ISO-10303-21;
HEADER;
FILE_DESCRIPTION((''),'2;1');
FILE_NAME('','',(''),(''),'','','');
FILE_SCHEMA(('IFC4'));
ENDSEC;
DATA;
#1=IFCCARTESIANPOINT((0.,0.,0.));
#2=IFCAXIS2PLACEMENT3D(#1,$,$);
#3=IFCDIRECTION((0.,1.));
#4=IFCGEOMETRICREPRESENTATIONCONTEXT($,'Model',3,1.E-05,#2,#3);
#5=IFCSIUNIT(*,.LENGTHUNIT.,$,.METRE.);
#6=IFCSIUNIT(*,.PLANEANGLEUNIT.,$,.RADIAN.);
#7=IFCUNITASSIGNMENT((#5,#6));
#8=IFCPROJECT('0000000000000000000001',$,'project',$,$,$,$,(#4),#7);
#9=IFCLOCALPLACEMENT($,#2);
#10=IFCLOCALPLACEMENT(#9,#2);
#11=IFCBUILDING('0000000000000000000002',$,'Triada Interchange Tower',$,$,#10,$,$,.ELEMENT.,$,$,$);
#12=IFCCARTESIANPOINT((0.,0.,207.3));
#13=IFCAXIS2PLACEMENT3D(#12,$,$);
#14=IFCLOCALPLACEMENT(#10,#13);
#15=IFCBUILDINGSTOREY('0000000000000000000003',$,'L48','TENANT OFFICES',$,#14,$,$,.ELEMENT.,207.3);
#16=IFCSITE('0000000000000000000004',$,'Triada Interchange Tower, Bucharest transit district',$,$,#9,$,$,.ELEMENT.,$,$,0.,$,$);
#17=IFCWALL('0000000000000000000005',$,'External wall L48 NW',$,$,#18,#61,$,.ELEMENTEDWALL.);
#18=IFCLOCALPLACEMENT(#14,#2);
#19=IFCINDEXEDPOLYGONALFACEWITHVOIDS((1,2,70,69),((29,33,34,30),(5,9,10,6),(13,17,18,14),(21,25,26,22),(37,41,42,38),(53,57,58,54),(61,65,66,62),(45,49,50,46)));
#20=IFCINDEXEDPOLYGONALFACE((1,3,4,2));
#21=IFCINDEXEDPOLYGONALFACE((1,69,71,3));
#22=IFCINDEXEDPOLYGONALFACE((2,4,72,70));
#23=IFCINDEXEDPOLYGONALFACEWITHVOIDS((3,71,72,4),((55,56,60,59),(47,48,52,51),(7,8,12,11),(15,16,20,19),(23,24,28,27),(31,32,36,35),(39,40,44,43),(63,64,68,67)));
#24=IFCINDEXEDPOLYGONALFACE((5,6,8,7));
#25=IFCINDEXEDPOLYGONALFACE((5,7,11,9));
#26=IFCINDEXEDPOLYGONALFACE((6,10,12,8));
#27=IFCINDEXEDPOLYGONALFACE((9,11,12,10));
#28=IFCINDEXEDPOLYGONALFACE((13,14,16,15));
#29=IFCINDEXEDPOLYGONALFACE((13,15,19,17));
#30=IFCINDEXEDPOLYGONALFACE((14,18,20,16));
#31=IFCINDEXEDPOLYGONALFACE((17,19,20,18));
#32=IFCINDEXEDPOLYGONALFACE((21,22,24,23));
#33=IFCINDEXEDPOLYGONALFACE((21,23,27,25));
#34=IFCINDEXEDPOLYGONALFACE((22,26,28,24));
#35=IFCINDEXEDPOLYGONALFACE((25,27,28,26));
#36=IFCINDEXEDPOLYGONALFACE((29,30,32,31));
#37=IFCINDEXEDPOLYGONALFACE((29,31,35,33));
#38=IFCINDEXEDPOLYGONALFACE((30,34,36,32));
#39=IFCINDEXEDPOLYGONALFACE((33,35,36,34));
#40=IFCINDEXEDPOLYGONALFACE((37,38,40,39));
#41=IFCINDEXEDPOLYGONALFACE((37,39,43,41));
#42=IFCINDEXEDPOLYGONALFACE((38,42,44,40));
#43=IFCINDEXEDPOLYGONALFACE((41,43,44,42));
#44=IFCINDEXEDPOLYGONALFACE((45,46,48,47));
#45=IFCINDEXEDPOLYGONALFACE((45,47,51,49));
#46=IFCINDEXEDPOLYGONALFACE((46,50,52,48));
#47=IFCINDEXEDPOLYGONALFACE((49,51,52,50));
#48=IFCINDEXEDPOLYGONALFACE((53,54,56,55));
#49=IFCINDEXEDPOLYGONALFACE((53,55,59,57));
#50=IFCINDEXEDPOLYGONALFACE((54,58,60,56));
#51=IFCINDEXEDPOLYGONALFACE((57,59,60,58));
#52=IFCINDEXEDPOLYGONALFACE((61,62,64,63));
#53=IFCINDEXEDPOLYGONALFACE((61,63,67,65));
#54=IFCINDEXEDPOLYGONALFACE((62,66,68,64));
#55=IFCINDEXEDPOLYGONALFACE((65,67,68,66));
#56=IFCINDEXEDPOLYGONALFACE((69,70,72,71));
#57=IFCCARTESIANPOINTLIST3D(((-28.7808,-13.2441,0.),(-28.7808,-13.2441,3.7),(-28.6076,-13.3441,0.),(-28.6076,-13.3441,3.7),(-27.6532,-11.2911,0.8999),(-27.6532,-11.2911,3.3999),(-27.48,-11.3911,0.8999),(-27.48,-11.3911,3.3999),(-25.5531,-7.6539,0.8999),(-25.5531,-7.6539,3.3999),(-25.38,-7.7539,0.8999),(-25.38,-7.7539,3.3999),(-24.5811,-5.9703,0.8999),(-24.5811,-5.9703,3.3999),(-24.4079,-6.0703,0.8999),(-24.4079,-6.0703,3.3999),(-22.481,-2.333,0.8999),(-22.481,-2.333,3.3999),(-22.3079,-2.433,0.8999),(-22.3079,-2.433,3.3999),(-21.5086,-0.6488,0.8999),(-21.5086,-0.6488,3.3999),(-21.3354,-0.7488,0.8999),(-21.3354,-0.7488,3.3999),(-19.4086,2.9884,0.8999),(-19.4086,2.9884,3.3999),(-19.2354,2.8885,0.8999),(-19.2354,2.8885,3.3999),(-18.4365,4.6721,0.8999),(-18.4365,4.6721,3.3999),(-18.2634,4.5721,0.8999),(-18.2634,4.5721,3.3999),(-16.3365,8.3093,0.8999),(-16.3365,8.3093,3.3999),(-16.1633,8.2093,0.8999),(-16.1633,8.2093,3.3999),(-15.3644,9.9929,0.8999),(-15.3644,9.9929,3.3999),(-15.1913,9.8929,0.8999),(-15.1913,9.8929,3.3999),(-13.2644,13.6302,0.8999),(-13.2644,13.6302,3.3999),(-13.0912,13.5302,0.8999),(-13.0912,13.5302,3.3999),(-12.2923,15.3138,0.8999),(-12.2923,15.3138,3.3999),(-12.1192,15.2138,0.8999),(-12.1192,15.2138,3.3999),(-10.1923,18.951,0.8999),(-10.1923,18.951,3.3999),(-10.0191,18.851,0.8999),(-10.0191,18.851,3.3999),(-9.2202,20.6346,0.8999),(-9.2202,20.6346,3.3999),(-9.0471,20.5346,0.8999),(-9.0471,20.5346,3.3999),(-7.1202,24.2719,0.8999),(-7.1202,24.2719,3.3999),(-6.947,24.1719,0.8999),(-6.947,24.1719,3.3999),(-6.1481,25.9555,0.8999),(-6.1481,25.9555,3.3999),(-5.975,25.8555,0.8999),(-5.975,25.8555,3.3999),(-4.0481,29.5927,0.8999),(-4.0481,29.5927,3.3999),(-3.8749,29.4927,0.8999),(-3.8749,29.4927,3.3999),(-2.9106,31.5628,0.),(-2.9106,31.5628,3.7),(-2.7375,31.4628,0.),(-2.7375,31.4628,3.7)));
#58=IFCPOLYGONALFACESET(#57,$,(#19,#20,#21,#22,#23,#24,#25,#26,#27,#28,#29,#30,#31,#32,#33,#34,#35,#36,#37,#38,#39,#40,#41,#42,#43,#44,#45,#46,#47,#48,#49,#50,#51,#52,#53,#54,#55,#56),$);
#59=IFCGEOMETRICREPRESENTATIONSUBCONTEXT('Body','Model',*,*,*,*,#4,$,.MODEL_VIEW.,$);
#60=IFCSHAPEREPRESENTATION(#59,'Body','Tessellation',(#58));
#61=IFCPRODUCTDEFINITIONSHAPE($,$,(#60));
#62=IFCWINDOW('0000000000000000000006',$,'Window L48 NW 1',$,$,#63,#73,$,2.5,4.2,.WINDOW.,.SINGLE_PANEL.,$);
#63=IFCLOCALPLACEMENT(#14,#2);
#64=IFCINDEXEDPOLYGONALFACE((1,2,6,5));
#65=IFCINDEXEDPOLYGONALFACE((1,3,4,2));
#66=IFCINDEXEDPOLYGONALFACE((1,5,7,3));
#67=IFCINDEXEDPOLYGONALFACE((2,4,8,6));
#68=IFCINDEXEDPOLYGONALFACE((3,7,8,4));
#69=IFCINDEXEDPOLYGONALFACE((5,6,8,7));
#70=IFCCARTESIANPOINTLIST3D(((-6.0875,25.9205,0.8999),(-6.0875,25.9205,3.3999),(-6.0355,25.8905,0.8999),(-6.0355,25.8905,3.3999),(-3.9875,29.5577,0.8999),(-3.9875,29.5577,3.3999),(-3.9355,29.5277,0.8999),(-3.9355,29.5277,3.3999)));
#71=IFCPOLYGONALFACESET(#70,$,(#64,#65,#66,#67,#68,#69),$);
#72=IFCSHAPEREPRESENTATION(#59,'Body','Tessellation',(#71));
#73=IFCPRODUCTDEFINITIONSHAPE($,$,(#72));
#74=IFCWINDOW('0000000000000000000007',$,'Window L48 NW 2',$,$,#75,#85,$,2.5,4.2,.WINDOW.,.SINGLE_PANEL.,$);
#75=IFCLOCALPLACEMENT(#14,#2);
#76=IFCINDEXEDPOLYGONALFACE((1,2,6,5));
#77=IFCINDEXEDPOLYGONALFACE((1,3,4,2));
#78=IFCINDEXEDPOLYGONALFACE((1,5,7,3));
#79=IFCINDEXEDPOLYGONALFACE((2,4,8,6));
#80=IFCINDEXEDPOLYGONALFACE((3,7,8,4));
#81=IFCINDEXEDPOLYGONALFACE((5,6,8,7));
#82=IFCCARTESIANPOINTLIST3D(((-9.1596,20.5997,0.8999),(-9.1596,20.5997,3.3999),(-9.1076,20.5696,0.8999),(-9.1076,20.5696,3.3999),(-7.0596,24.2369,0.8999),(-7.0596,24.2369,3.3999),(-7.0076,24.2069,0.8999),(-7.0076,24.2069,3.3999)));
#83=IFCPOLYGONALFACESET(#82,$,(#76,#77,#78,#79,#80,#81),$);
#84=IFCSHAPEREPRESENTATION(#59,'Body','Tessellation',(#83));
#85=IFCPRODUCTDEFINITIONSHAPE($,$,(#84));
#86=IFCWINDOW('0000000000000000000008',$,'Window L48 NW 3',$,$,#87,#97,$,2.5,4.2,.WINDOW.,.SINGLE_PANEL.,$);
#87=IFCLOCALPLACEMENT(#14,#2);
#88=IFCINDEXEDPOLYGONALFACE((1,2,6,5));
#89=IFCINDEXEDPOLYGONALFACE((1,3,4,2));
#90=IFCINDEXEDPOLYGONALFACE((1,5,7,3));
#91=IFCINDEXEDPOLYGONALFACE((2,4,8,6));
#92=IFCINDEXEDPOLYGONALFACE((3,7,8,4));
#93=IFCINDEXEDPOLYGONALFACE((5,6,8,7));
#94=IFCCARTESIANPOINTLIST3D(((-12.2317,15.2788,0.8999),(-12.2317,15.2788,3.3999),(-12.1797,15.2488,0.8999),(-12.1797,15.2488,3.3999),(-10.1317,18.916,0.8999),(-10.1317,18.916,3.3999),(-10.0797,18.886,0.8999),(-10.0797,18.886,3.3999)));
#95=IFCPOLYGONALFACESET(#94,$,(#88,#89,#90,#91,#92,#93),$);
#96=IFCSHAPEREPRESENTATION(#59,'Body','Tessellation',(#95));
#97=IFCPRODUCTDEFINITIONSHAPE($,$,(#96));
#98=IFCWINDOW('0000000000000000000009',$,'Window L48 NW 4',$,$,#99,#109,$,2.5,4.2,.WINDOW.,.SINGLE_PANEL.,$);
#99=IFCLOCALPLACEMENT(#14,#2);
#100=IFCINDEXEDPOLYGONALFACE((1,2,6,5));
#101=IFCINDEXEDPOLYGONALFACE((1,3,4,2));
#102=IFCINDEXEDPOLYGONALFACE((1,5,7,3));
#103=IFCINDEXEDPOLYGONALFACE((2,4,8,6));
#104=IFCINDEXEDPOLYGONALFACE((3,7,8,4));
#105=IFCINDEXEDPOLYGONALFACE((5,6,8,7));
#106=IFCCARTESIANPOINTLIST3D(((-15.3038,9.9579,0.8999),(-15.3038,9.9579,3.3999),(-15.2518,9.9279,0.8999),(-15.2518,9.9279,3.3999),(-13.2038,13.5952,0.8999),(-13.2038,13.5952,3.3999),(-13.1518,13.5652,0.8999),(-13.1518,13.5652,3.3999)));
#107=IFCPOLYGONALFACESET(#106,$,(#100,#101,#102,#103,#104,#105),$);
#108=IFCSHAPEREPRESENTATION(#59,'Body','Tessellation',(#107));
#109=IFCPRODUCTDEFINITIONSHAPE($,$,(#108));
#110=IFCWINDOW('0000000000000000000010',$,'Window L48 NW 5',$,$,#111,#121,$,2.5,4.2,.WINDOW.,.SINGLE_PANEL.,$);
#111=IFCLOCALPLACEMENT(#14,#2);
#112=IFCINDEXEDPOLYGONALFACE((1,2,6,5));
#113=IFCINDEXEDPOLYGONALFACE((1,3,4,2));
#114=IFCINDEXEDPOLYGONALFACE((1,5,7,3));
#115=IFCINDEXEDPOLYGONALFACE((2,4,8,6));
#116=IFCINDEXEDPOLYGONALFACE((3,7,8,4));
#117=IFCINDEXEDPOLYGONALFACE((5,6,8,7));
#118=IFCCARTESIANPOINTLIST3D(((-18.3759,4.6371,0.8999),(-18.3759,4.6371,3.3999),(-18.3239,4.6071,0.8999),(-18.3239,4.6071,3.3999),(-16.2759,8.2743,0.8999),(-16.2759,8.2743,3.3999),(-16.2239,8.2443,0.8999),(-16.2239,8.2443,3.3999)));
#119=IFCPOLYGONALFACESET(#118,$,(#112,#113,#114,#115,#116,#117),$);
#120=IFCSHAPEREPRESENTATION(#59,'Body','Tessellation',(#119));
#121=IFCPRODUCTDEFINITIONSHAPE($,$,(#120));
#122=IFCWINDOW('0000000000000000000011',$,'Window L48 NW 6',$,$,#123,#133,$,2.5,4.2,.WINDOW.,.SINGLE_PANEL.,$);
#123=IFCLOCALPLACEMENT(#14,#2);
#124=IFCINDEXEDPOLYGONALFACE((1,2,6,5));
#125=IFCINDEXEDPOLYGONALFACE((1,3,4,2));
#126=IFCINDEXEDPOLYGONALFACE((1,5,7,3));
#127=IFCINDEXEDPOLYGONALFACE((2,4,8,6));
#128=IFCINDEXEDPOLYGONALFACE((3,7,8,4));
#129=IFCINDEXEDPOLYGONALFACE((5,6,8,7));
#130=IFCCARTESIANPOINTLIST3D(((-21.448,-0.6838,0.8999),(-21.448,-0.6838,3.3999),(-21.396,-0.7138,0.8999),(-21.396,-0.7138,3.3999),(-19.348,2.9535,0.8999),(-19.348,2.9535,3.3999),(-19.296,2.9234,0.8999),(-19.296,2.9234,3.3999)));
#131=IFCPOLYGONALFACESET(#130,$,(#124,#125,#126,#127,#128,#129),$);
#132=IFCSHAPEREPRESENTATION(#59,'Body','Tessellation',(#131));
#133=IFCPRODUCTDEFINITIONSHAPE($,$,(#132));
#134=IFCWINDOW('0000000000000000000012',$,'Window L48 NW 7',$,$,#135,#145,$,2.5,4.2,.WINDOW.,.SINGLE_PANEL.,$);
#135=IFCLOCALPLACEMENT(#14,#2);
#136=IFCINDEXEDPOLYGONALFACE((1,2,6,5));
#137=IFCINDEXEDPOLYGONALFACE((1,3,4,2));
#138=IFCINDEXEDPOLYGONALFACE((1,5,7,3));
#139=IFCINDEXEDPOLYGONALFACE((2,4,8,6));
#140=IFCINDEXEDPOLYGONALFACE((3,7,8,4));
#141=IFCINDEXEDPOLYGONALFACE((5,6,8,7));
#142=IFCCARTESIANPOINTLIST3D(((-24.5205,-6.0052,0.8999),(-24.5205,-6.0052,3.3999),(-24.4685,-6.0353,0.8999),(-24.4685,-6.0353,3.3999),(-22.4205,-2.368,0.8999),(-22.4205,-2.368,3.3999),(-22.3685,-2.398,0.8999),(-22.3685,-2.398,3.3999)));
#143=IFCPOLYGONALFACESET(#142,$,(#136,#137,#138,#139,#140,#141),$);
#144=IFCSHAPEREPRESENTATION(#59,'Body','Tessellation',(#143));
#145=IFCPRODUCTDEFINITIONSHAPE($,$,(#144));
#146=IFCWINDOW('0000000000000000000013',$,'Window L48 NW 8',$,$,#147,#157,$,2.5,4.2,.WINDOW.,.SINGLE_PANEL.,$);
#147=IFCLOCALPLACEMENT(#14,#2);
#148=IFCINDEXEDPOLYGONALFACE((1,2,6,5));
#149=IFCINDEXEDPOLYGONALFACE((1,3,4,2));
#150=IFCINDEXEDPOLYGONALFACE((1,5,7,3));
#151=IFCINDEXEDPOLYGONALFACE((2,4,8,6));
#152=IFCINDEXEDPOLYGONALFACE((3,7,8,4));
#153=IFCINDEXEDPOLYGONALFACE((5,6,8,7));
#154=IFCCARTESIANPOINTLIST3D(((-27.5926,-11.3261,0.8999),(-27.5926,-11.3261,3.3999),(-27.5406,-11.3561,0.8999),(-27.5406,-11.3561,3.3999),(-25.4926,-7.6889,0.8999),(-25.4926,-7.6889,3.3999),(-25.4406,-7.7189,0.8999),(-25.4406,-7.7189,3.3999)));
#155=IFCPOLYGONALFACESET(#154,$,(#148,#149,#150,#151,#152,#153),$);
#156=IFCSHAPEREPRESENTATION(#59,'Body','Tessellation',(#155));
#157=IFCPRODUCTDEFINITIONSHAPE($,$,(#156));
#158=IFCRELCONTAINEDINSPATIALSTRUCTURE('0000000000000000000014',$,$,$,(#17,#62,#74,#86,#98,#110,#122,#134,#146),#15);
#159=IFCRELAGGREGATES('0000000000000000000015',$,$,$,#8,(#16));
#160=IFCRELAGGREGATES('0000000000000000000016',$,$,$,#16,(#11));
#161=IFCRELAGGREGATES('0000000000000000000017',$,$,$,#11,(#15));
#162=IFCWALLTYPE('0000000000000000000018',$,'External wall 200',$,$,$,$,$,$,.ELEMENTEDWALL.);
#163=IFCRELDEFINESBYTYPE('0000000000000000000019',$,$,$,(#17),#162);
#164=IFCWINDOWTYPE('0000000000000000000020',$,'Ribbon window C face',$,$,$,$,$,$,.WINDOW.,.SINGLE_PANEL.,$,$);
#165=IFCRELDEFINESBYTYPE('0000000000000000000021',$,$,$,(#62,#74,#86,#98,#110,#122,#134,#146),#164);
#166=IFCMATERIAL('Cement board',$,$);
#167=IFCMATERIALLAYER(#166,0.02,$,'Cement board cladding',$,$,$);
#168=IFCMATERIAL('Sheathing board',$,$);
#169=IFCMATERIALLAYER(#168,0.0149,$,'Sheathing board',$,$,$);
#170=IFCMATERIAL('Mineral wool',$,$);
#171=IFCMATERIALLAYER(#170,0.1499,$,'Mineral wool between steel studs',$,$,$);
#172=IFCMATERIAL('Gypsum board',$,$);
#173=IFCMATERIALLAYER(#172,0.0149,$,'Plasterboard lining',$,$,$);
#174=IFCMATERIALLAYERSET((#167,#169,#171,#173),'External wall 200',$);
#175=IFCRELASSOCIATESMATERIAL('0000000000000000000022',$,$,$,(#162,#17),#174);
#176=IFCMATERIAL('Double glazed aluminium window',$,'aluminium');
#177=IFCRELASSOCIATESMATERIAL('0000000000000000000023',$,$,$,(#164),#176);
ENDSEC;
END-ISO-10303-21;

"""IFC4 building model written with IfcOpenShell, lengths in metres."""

from ifc_helpers import new_model, si_unit, direction, frame, frame_2d, origin, place, context, subcontext, project, spatial, rectangle, extrude, material, layer, layer_set, layer_usage, type_object, element, fill, save


model = new_model("IFC4")

# Units and contexts
model_context = context("Model", 3, precision=1e-05, world=origin(), true_north=direction((0.0, 1.0)))
body_context = subcontext(model_context, "Body", "Model", "MODEL_VIEW")
ifc_project = project(units=[si_unit("LENGTHUNIT", "METRE"), si_unit("PLANEANGLEUNIT", "RADIAN")], contexts=[model_context])

# Site, building, storey
site_placement = place(None, origin())
site = spatial("IfcSite", under=ifc_project, at=site_placement, Name="Triada Interchange Tower, Bucharest transit district", CompositionType="ELEMENT", RefElevation=0.0)
building_placement = place(site_placement, origin())
building = spatial("IfcBuilding", under=site, at=building_placement, Name="Triada Interchange Tower", CompositionType="ELEMENT")
storey_placement = place(building_placement, frame((0.0, 0.0, 207.3)))
storey = spatial("IfcBuildingStorey", under=building, at=storey_placement, Name="L48", Description="TENANT OFFICES", CompositionType="ELEMENT", Elevation=207.3)

# Wall, openings, windows
ifc_material_1 = material(Name="Cement board")
ifc_layer_1 = layer(ifc_material_1, 0.02, Name="Cement board cladding")
ifc_material_2 = material(Name="Sheathing board")
ifc_layer_2 = layer(ifc_material_2, 0.0149, Name="Sheathing board")
ifc_material_3 = material(Name="Mineral wool")
ifc_layer_3 = layer(ifc_material_3, 0.1499, Name="Mineral wool between steel studs")
ifc_material_4 = material(Name="Gypsum board")
ifc_layer_4 = layer(ifc_material_4, 0.0149, Name="Plasterboard lining")
ifc_layer_set_1 = layer_set([ifc_layer_1, ifc_layer_2, ifc_layer_3, ifc_layer_4], Name="External wall 200")
ifc_layer_usage = layer_usage(ifc_layer_set_1, "AXIS2", "POSITIVE", -0.1001)
wall_type_1 = type_object("IfcWallType", Name="External wall 200", PredefinedType="ELEMENTEDWALL", material=ifc_layer_set_1)
wall_1_placement = place(storey_placement, frame((-2.824, 31.5129, 0.0), z_axis=(0.0, 0.0, 1.0), x_axis=(-0.500012, -0.866018, 0.0)))
wall_1 = element("IfcWall", 1, at=wall_1_placement, inside=storey, type_object=wall_type_1, material=ifc_layer_usage, Name="External wall L48 NW", PredefinedType="ELEMENTEDWALL", context=body_context, shape_type="SweptSolid", body=[
    extrude(rectangle(XDim=51.739, YDim=0.2, at=frame_2d((25.8696, 0.0))), origin(), (0.0, 0.0, 1.0), 3.7),
])
opening_1_placement = place(wall_1_placement, frame((2.2749, 0.0, 0.8999)))
opening_1 = element("IfcOpeningElement", 2, at=opening_1_placement, cuts=wall_1, PredefinedType="OPENING", context=body_context, shape_type="SweptSolid", body=[
    extrude(rectangle(XDim=4.2, YDim=2.5, at=frame_2d((2.1001, 1.25))), frame((0.0, 0.1099, 0.0), z_axis=(0.0, -1.0, 0.0), x_axis=(1.0, 0.0, 0.0)), (0.0, 0.0, 1.0), 0.22),
])
opening_2_placement = place(wall_1_placement, frame((8.4189, 0.0, 0.8999)))
opening_2 = element("IfcOpeningElement", 3, at=opening_2_placement, cuts=wall_1, PredefinedType="OPENING", context=body_context, shape_type="SweptSolid", body=[
    extrude(rectangle(XDim=4.2, YDim=2.5, at=frame_2d((2.1001, 1.25))), frame((0.0, 0.1099, 0.0), z_axis=(0.0, -1.0, 0.0), x_axis=(1.0, 0.0, 0.0)), (0.0, 0.0, 1.0), 0.22),
])
opening_3_placement = place(wall_1_placement, frame((14.563, 0.0, 0.8999)))
opening_3 = element("IfcOpeningElement", 4, at=opening_3_placement, cuts=wall_1, PredefinedType="OPENING", context=body_context, shape_type="SweptSolid", body=[
    extrude(rectangle(XDim=4.2, YDim=2.5, at=frame_2d((2.1001, 1.25))), frame((0.0, 0.1099, 0.0), z_axis=(0.0, -1.0, 0.0), x_axis=(1.0, 0.0, 0.0)), (0.0, 0.0, 1.0), 0.22),
])
opening_4_placement = place(wall_1_placement, frame((20.707, 0.0, 0.8999)))
opening_4 = element("IfcOpeningElement", 5, at=opening_4_placement, cuts=wall_1, PredefinedType="OPENING", context=body_context, shape_type="SweptSolid", body=[
    extrude(rectangle(XDim=4.2, YDim=2.5, at=frame_2d((2.1001, 1.25))), frame((0.0, 0.1099, 0.0), z_axis=(0.0, -1.0, 0.0), x_axis=(1.0, 0.0, 0.0)), (0.0, 0.0, 1.0), 0.22),
])
opening_5_placement = place(wall_1_placement, frame((26.8511, 0.0, 0.8999)))
opening_5 = element("IfcOpeningElement", 6, at=opening_5_placement, cuts=wall_1, PredefinedType="OPENING", context=body_context, shape_type="SweptSolid", body=[
    extrude(rectangle(XDim=4.2, YDim=2.5, at=frame_2d((2.1001, 1.25))), frame((0.0, 0.1099, 0.0), z_axis=(0.0, -1.0, 0.0), x_axis=(1.0, 0.0, 0.0)), (0.0, 0.0, 1.0), 0.22),
])
opening_6_placement = place(wall_1_placement, frame((32.9951, 0.0, 0.8999)))
opening_6 = element("IfcOpeningElement", 7, at=opening_6_placement, cuts=wall_1, PredefinedType="OPENING", context=body_context, shape_type="SweptSolid", body=[
    extrude(rectangle(XDim=4.2, YDim=2.5, at=frame_2d((2.1001, 1.25))), frame((0.0, 0.1099, 0.0), z_axis=(0.0, -1.0, 0.0), x_axis=(1.0, 0.0, 0.0)), (0.0, 0.0, 1.0), 0.22),
])
opening_7_placement = place(wall_1_placement, frame((39.1399, 0.0, 0.8999)))
opening_7 = element("IfcOpeningElement", 8, at=opening_7_placement, cuts=wall_1, PredefinedType="OPENING", context=body_context, shape_type="SweptSolid", body=[
    extrude(rectangle(XDim=4.2, YDim=2.5, at=frame_2d((2.1001, 1.25))), frame((0.0, 0.1099, 0.0), z_axis=(0.0, -1.0, 0.0), x_axis=(1.0, 0.0, 0.0)), (0.0, 0.0, 1.0), 0.22),
])
opening_8_placement = place(wall_1_placement, frame((45.2839, 0.0, 0.8999)))
opening_8 = element("IfcOpeningElement", 9, at=opening_8_placement, cuts=wall_1, PredefinedType="OPENING", context=body_context, shape_type="SweptSolid", body=[
    extrude(rectangle(XDim=4.2, YDim=2.5, at=frame_2d((2.1001, 1.25))), frame((0.0, 0.1099, 0.0), z_axis=(0.0, -1.0, 0.0), x_axis=(1.0, 0.0, 0.0)), (0.0, 0.0, 1.0), 0.22),
])
ifc_material_5 = material(Name="Double glazed aluminium window", Category="aluminium")
window_type = type_object("IfcWindowType", Name="Ribbon window C face", PartitioningType="SINGLE_PANEL", PredefinedType="WINDOW", material=ifc_material_5)
window_1_placement = place(opening_1_placement, origin())
window_1 = element("IfcWindow", 10, at=window_1_placement, inside=storey, type_object=window_type, Name="Window L48 NW 1", OverallHeight=2.5, OverallWidth=4.2, PartitioningType="SINGLE_PANEL", PredefinedType="WINDOW", context=body_context, shape_type="SweptSolid", body=[
    extrude(rectangle(XDim=4.2, YDim=2.5, at=frame_2d((2.1001, 1.25))), frame((0.0, 0.03, 0.0), z_axis=(0.0, -1.0, 0.0), x_axis=(1.0, 0.0, 0.0)), (0.0, 0.0, 1.0), 0.0601),
])
fill(opening_1, window_1)
window_2_placement = place(opening_2_placement, origin())
window_2 = element("IfcWindow", 11, at=window_2_placement, inside=storey, type_object=window_type, Name="Window L48 NW 2", OverallHeight=2.5, OverallWidth=4.2, PartitioningType="SINGLE_PANEL", PredefinedType="WINDOW", context=body_context, shape_type="SweptSolid", body=[
    extrude(rectangle(XDim=4.2, YDim=2.5, at=frame_2d((2.1001, 1.25))), frame((0.0, 0.03, 0.0), z_axis=(0.0, -1.0, 0.0), x_axis=(1.0, 0.0, 0.0)), (0.0, 0.0, 1.0), 0.0601),
])
fill(opening_2, window_2)
window_3_placement = place(opening_3_placement, origin())
window_3 = element("IfcWindow", 12, at=window_3_placement, inside=storey, type_object=window_type, Name="Window L48 NW 3", OverallHeight=2.5, OverallWidth=4.2, PartitioningType="SINGLE_PANEL", PredefinedType="WINDOW", context=body_context, shape_type="SweptSolid", body=[
    extrude(rectangle(XDim=4.2, YDim=2.5, at=frame_2d((2.1001, 1.25))), frame((0.0, 0.03, 0.0), z_axis=(0.0, -1.0, 0.0), x_axis=(1.0, 0.0, 0.0)), (0.0, 0.0, 1.0), 0.0601),
])
fill(opening_3, window_3)
window_4_placement = place(opening_4_placement, origin())
window_4 = element("IfcWindow", 13, at=window_4_placement, inside=storey, type_object=window_type, Name="Window L48 NW 4", OverallHeight=2.5, OverallWidth=4.2, PartitioningType="SINGLE_PANEL", PredefinedType="WINDOW", context=body_context, shape_type="SweptSolid", body=[
    extrude(rectangle(XDim=4.2, YDim=2.5, at=frame_2d((2.1001, 1.25))), frame((0.0, 0.03, 0.0), z_axis=(0.0, -1.0, 0.0), x_axis=(1.0, 0.0, 0.0)), (0.0, 0.0, 1.0), 0.0601),
])
fill(opening_4, window_4)
window_5_placement = place(opening_5_placement, origin())
window_5 = element("IfcWindow", 14, at=window_5_placement, inside=storey, type_object=window_type, Name="Window L48 NW 5", OverallHeight=2.5, OverallWidth=4.2, PartitioningType="SINGLE_PANEL", PredefinedType="WINDOW", context=body_context, shape_type="SweptSolid", body=[
    extrude(rectangle(XDim=4.2, YDim=2.5, at=frame_2d((2.1001, 1.25))), frame((0.0, 0.03, 0.0), z_axis=(0.0, -1.0, 0.0), x_axis=(1.0, 0.0, 0.0)), (0.0, 0.0, 1.0), 0.0601),
])
fill(opening_5, window_5)
window_6_placement = place(opening_6_placement, origin())
window_6 = element("IfcWindow", 15, at=window_6_placement, inside=storey, type_object=window_type, Name="Window L48 NW 6", OverallHeight=2.5, OverallWidth=4.2, PartitioningType="SINGLE_PANEL", PredefinedType="WINDOW", context=body_context, shape_type="SweptSolid", body=[
    extrude(rectangle(XDim=4.2, YDim=2.5, at=frame_2d((2.1001, 1.25))), frame((0.0, 0.03, 0.0), z_axis=(0.0, -1.0, 0.0), x_axis=(1.0, 0.0, 0.0)), (0.0, 0.0, 1.0), 0.0601),
])
fill(opening_6, window_6)
window_7_placement = place(opening_7_placement, origin())
window_7 = element("IfcWindow", 16, at=window_7_placement, inside=storey, type_object=window_type, Name="Window L48 NW 7", OverallHeight=2.5, OverallWidth=4.2, PartitioningType="SINGLE_PANEL", PredefinedType="WINDOW", context=body_context, shape_type="SweptSolid", body=[
    extrude(rectangle(XDim=4.2, YDim=2.5, at=frame_2d((2.1001, 1.25))), frame((0.0, 0.03, 0.0), z_axis=(0.0, -1.0, 0.0), x_axis=(1.0, 0.0, 0.0)), (0.0, 0.0, 1.0), 0.0601),
])
fill(opening_7, window_7)
window_8_placement = place(opening_8_placement, origin())
window_8 = element("IfcWindow", 17, at=window_8_placement, inside=storey, type_object=window_type, Name="Window L48 NW 8", OverallHeight=2.5, OverallWidth=4.2, PartitioningType="SINGLE_PANEL", PredefinedType="WINDOW", context=body_context, shape_type="SweptSolid", body=[
    extrude(rectangle(XDim=4.2, YDim=2.5, at=frame_2d((2.1001, 1.25))), frame((0.0, 0.03, 0.0), z_axis=(0.0, -1.0, 0.0), x_axis=(1.0, 0.0, 0.0)), (0.0, 0.0, 1.0), 0.0601),
])
fill(opening_8, window_8)

save(model, "model.ifc")
